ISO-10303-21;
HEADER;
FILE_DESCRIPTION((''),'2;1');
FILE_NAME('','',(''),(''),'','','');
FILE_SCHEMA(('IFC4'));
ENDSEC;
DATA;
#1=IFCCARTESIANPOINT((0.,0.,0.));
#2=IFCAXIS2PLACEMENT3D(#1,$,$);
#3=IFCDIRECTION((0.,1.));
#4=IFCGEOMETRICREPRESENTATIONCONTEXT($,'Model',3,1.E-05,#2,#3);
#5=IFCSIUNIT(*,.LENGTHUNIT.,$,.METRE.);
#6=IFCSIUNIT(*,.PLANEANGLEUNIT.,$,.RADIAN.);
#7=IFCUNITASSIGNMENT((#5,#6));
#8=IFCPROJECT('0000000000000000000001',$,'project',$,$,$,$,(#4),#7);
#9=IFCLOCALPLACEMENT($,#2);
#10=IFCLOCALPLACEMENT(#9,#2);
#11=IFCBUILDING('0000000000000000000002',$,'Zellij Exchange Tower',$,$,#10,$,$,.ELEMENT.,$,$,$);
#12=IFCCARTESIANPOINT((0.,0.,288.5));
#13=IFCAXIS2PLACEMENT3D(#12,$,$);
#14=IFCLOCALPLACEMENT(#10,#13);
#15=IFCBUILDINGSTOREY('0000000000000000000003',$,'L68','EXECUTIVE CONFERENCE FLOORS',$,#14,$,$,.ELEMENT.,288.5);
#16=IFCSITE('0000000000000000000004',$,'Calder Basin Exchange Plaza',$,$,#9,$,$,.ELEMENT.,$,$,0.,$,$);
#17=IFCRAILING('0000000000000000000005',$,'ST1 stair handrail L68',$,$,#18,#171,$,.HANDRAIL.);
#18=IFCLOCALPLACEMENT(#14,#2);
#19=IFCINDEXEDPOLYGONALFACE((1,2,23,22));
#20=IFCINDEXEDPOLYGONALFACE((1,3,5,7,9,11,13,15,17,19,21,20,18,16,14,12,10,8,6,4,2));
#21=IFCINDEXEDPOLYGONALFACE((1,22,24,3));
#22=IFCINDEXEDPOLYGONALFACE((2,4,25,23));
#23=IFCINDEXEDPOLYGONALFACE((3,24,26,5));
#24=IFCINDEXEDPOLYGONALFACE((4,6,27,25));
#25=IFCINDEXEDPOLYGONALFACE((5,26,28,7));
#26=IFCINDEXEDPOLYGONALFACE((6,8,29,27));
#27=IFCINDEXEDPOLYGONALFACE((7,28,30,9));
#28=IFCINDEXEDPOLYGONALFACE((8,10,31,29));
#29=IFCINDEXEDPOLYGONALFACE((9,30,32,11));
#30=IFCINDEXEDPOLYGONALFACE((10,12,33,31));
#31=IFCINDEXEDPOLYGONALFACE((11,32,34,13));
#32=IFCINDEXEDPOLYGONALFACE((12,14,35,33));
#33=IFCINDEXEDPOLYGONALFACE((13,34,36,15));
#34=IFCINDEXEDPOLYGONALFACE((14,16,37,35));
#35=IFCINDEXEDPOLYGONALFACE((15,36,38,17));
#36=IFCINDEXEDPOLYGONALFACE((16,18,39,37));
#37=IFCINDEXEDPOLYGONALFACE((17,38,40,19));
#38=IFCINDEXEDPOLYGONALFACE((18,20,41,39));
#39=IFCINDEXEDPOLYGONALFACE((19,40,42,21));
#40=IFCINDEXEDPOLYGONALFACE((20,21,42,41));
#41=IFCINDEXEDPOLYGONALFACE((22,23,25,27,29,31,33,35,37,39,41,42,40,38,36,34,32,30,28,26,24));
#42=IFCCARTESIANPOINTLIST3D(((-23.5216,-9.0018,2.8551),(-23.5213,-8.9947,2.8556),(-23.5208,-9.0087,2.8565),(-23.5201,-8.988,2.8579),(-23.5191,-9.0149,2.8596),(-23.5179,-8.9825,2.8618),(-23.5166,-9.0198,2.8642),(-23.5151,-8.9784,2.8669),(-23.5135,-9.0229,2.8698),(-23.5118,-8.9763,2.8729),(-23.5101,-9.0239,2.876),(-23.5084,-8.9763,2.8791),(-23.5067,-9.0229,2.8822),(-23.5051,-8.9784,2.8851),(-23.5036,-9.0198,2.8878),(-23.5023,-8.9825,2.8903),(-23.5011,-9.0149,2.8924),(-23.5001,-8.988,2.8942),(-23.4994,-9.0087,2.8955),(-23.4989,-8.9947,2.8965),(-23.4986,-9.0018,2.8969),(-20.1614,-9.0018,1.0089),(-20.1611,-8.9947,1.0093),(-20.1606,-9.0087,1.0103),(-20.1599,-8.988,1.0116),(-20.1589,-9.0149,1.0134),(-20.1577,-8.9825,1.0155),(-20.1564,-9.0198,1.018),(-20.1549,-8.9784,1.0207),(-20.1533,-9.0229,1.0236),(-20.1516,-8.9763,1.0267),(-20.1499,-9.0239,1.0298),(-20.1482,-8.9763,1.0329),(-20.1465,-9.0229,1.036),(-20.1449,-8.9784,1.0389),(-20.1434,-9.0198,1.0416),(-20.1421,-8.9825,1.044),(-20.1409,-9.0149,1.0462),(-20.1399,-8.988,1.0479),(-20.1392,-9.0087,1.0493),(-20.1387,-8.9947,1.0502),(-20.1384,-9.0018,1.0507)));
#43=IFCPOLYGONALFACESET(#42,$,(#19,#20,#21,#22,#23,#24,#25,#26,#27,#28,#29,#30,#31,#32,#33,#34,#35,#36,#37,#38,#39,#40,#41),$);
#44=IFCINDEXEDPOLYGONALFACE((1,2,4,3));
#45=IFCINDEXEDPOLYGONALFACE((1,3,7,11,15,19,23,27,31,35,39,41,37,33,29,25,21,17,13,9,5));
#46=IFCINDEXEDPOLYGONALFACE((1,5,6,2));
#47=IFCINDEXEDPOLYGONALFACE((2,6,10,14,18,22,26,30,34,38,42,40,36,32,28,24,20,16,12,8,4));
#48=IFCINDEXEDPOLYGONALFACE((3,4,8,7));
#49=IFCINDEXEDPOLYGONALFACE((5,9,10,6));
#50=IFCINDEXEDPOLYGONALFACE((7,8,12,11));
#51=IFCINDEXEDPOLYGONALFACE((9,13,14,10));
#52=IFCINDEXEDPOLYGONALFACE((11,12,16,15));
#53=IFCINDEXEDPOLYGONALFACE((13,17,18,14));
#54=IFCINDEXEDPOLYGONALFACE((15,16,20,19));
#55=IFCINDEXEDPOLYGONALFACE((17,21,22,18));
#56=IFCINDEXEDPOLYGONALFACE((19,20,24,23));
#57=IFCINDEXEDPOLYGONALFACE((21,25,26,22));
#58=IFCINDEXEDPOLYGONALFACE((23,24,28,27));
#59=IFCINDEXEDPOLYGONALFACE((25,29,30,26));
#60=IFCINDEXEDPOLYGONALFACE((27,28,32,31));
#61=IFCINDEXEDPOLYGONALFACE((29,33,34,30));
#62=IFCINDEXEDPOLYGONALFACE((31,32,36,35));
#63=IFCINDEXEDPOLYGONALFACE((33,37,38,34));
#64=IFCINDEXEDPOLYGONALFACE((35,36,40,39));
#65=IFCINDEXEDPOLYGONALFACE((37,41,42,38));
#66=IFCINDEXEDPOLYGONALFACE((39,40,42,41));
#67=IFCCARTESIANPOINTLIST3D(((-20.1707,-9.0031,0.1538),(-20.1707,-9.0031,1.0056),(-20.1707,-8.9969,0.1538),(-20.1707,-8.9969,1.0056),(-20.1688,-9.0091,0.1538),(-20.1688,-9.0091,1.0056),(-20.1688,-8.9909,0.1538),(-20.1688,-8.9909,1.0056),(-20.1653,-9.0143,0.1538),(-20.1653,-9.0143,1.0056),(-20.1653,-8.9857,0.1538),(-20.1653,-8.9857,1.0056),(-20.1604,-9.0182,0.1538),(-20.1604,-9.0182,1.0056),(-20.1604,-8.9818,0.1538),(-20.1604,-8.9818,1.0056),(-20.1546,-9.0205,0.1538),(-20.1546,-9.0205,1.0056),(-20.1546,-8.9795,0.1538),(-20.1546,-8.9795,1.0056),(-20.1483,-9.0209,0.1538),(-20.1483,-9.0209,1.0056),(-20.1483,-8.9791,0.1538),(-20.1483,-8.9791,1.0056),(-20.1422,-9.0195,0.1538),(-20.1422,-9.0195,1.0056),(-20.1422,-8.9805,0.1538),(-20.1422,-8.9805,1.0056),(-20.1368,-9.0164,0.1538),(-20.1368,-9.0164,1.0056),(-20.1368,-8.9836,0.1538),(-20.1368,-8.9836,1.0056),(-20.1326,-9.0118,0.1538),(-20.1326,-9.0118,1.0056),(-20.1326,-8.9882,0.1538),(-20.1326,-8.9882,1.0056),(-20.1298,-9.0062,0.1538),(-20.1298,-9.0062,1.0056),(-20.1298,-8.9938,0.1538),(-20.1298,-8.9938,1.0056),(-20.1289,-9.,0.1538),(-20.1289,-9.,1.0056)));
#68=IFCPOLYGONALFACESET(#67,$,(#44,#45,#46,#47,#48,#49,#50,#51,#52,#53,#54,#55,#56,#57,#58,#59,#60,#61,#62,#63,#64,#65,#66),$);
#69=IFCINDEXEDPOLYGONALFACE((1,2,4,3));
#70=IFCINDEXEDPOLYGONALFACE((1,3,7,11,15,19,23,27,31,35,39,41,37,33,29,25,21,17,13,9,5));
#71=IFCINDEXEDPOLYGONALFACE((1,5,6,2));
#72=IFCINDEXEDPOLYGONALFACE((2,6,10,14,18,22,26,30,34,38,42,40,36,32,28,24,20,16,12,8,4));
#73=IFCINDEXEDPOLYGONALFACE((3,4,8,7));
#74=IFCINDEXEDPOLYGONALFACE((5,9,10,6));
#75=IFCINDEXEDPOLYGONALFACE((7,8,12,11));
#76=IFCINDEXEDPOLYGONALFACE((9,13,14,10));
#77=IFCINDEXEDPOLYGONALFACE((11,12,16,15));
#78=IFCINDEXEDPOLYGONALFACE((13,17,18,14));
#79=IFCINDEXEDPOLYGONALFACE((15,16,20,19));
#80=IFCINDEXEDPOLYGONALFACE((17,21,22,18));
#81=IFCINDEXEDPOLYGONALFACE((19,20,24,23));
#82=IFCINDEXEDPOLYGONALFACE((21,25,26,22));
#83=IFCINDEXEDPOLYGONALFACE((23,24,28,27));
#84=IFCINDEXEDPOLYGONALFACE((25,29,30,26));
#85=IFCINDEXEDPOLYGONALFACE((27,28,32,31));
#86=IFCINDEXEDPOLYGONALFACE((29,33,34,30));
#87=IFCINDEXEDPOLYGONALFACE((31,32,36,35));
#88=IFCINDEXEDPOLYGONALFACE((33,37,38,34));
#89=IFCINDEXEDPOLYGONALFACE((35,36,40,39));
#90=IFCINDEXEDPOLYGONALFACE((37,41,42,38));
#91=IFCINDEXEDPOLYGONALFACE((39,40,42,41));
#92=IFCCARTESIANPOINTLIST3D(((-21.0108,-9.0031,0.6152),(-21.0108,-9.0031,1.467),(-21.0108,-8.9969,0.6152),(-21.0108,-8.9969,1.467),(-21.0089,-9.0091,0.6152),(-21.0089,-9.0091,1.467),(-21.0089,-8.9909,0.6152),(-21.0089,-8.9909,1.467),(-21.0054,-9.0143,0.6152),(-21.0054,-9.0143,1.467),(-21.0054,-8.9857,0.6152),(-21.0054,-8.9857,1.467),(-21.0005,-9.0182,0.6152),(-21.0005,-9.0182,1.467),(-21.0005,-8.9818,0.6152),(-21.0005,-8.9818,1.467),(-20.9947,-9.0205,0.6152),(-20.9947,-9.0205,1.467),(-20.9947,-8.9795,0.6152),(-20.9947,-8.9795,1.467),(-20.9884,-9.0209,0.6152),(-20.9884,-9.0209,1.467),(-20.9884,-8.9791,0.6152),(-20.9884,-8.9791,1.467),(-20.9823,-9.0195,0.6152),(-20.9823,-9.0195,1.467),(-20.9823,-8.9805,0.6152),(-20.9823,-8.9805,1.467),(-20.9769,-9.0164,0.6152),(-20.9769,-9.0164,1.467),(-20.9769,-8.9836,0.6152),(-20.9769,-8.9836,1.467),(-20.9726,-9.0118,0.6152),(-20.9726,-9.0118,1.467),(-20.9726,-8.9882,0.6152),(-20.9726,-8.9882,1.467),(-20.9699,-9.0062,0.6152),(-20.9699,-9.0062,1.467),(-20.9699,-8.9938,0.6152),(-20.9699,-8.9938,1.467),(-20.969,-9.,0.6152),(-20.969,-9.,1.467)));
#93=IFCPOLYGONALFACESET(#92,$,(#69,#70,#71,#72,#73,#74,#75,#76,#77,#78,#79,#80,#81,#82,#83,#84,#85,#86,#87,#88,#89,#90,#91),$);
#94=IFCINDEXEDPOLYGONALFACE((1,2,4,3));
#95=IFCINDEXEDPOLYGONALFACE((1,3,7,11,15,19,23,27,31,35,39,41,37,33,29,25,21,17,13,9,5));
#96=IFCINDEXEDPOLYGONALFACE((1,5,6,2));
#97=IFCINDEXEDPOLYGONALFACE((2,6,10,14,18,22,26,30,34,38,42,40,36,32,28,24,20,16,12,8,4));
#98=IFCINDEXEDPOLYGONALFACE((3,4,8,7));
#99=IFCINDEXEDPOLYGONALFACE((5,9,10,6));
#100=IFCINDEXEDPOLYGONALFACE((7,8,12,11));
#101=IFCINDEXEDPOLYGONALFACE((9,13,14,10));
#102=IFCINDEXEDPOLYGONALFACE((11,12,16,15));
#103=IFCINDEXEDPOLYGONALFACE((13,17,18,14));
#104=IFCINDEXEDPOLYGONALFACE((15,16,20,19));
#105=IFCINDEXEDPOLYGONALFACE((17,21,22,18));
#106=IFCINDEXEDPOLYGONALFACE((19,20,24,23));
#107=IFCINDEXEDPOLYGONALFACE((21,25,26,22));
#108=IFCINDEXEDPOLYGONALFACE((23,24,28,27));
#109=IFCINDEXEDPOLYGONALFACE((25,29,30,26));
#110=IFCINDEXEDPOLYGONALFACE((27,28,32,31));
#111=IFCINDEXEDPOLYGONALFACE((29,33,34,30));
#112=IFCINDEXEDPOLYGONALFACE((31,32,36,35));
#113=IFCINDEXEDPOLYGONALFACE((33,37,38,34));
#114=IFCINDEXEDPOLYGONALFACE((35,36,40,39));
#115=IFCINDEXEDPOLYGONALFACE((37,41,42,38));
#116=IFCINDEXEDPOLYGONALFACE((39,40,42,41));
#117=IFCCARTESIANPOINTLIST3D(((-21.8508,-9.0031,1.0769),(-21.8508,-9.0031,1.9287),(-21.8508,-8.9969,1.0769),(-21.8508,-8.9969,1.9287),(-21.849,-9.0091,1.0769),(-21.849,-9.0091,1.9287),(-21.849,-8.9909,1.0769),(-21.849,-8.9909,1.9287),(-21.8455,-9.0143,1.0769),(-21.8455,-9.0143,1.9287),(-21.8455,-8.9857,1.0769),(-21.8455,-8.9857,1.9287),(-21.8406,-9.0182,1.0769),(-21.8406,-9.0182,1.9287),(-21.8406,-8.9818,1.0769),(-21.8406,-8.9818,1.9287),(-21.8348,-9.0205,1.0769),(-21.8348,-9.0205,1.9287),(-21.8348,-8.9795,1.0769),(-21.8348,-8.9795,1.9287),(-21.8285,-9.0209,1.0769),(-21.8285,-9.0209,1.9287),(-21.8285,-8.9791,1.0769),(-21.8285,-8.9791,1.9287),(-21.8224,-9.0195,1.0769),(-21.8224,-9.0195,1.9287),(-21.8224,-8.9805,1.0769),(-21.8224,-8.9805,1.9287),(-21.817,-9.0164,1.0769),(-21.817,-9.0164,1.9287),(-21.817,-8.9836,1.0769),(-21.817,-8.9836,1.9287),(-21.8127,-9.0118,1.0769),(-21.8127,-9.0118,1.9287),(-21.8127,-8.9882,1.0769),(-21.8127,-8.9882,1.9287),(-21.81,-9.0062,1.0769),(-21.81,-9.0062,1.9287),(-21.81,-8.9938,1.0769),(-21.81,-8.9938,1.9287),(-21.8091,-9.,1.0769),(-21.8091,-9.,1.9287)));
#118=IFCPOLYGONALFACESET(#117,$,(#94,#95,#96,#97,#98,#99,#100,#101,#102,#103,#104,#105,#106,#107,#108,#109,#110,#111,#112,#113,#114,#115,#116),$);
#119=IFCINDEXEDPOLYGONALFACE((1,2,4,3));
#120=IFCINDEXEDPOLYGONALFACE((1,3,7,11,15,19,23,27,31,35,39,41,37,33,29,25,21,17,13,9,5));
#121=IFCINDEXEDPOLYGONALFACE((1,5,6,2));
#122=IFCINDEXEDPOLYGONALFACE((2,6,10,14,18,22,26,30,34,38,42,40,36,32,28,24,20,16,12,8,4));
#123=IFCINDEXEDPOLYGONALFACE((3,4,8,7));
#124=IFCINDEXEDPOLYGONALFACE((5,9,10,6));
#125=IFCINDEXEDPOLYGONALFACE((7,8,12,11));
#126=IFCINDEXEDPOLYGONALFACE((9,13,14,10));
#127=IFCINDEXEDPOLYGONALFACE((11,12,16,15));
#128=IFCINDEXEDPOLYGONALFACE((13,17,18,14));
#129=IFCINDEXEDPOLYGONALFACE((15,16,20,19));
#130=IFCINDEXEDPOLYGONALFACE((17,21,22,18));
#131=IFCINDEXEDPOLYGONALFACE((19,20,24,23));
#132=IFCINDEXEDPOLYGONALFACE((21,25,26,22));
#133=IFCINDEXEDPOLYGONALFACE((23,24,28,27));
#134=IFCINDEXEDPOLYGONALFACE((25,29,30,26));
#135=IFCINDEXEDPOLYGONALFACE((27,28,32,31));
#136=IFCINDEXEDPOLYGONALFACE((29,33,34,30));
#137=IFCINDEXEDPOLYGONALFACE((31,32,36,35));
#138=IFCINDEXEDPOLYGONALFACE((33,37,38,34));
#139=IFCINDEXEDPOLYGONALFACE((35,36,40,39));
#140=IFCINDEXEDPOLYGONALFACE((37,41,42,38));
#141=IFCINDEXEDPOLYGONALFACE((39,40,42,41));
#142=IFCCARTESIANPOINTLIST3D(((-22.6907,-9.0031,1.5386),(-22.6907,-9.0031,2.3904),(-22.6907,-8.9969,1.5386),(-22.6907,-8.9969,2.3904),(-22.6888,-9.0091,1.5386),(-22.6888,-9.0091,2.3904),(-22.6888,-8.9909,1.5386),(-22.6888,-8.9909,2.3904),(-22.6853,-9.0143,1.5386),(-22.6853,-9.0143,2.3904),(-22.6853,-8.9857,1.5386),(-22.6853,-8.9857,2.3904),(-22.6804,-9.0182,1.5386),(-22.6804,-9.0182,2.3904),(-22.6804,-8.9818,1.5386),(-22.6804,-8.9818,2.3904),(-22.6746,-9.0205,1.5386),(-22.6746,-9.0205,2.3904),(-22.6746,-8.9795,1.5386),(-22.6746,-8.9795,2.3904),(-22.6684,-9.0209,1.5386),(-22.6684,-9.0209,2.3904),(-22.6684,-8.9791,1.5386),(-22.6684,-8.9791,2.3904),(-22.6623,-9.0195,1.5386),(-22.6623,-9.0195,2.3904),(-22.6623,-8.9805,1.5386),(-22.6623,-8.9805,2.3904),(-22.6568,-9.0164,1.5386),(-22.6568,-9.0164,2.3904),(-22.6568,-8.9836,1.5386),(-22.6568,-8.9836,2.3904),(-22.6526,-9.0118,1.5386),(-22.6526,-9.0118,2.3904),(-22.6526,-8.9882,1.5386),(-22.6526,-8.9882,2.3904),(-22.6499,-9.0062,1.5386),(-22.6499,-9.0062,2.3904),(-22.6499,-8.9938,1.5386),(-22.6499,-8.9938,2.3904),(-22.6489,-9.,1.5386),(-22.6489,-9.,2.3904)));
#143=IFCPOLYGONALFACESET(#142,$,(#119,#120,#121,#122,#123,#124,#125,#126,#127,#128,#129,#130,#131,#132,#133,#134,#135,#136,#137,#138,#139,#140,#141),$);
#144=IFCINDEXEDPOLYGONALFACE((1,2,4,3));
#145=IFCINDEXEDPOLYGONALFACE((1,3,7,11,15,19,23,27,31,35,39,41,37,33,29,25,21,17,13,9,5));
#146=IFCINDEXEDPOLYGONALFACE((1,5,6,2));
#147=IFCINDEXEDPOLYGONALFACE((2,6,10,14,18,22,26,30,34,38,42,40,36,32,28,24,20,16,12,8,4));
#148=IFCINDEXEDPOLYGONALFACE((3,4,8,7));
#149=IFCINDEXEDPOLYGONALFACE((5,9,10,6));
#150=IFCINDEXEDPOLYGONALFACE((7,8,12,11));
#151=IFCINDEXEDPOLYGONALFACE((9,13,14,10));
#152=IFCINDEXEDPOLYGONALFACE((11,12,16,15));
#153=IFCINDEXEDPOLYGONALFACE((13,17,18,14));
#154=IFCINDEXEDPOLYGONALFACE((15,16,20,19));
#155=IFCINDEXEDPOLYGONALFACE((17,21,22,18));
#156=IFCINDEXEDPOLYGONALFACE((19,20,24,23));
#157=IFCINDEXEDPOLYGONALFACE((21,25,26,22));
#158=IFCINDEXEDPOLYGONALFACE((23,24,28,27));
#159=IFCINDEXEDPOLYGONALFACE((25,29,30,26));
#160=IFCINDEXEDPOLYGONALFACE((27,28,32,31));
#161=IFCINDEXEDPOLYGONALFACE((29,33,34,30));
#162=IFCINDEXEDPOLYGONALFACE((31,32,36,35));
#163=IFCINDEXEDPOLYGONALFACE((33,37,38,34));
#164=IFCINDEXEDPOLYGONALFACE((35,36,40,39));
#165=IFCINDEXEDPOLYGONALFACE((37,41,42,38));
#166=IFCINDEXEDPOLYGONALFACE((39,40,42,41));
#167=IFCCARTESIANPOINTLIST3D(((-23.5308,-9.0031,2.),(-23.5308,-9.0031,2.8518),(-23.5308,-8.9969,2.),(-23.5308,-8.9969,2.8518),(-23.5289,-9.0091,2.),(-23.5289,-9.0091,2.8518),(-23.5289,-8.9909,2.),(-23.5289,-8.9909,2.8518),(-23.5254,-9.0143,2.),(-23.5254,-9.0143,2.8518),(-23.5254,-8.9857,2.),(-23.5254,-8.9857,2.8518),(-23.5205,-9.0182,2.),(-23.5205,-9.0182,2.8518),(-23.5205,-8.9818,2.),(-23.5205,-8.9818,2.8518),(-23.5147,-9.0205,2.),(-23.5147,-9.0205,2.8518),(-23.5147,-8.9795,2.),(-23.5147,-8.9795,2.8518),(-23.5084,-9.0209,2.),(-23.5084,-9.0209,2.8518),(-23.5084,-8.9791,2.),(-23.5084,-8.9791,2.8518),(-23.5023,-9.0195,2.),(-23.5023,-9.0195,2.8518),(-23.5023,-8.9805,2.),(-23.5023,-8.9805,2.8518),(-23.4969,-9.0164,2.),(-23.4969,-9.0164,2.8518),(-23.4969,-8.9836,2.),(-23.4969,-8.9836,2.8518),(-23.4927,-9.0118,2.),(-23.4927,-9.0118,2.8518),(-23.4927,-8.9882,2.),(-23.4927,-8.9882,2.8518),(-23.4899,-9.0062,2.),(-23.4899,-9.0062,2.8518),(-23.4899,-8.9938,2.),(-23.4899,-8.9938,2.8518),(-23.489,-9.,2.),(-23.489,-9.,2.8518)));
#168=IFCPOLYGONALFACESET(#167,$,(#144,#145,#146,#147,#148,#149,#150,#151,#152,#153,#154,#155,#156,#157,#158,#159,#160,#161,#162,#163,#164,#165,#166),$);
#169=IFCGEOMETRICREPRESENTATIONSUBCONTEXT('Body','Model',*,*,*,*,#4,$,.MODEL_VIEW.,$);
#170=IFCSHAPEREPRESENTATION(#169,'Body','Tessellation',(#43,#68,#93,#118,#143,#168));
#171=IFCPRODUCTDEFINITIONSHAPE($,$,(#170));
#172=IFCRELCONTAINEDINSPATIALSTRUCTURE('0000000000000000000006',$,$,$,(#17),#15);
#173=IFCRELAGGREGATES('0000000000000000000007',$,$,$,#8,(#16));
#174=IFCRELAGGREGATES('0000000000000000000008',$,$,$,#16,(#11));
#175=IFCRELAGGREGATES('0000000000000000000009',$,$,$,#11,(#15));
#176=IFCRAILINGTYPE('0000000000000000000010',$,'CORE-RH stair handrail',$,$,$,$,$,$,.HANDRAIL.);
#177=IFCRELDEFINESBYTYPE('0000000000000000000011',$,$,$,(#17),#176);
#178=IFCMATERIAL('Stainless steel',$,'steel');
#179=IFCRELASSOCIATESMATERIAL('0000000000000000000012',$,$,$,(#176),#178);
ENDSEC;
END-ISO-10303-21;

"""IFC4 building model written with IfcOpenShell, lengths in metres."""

from ifc_helpers import new_model, si_unit, direction, frame, origin, origin_2d, place, context, subcontext, project, spatial, circle, extrude, material, type_object, element, save


model = new_model("IFC4")

# Units and contexts
model_context = context("Model", 3, precision=1e-05, world=origin(), true_north=direction((0.0, 1.0)))
body_context = subcontext(model_context, "Body", "Model", "MODEL_VIEW")
ifc_project = project(units=[si_unit("LENGTHUNIT", "METRE"), si_unit("PLANEANGLEUNIT", "RADIAN")], contexts=[model_context])

# Site, building, storey
site_placement = place(None, origin())
site = spatial("IfcSite", under=ifc_project, at=site_placement, Name="Calder Basin Exchange Plaza", CompositionType="ELEMENT", RefElevation=0.0)
building_placement = place(site_placement, origin())
building = spatial("IfcBuilding", under=site, at=building_placement, Name="Zellij Exchange Tower", CompositionType="ELEMENT")
storey_placement = place(building_placement, frame((0.0, 0.0, 288.5)))
storey = spatial("IfcBuildingStorey", under=building, at=storey_placement, Name="L68", Description="EXECUTIVE CONFERENCE FLOORS", CompositionType="ELEMENT", Elevation=288.5)

# Railing
ifc_material_1 = material(Name="Stainless steel", Category="steel")
railing_type_1 = type_object("IfcRailingType", Name="CORE-RH stair handrail", PredefinedType="HANDRAIL", material=ifc_material_1)
railing_1_placement = place(storey_placement, frame((-20.1499, -9.0, 0.1538)))
element("IfcRailing", 1, at=railing_1_placement, inside=storey, type_object=railing_type_1, Name="ST1 stair handrail L68", PredefinedType="HANDRAIL", context=body_context, shape_type="SweptSolid", body=[
    extrude(circle(Radius=0.0239, at=origin_2d()), frame((0.0, 0.0, 0.876), z_axis=(-0.876422, 0.0, 0.481545), x_axis=(0.0, -1.0, 0.0)), (0.0, 0.0, 1.0), 3.834),
    extrude(circle(Radius=0.021, at=origin_2d()), origin(), (0.0, 0.0, 1.0), 0.8518),
    extrude(circle(Radius=0.021, at=origin_2d()), frame((-0.8401, 0.0, 0.4614)), (0.0, 0.0, 1.0), 0.8518),
    extrude(circle(Radius=0.021, at=origin_2d()), frame((-1.6802, 0.0, 0.9231)), (0.0, 0.0, 1.0), 0.8518),
    extrude(circle(Radius=0.021, at=origin_2d()), frame((-2.52, 0.0, 1.3848)), (0.0, 0.0, 1.0), 0.8518),
    extrude(circle(Radius=0.021, at=origin_2d()), frame((-3.3601, 0.0, 1.8462)), (0.0, 0.0, 1.0), 0.8518),
])

save(model, "model.ifc")
